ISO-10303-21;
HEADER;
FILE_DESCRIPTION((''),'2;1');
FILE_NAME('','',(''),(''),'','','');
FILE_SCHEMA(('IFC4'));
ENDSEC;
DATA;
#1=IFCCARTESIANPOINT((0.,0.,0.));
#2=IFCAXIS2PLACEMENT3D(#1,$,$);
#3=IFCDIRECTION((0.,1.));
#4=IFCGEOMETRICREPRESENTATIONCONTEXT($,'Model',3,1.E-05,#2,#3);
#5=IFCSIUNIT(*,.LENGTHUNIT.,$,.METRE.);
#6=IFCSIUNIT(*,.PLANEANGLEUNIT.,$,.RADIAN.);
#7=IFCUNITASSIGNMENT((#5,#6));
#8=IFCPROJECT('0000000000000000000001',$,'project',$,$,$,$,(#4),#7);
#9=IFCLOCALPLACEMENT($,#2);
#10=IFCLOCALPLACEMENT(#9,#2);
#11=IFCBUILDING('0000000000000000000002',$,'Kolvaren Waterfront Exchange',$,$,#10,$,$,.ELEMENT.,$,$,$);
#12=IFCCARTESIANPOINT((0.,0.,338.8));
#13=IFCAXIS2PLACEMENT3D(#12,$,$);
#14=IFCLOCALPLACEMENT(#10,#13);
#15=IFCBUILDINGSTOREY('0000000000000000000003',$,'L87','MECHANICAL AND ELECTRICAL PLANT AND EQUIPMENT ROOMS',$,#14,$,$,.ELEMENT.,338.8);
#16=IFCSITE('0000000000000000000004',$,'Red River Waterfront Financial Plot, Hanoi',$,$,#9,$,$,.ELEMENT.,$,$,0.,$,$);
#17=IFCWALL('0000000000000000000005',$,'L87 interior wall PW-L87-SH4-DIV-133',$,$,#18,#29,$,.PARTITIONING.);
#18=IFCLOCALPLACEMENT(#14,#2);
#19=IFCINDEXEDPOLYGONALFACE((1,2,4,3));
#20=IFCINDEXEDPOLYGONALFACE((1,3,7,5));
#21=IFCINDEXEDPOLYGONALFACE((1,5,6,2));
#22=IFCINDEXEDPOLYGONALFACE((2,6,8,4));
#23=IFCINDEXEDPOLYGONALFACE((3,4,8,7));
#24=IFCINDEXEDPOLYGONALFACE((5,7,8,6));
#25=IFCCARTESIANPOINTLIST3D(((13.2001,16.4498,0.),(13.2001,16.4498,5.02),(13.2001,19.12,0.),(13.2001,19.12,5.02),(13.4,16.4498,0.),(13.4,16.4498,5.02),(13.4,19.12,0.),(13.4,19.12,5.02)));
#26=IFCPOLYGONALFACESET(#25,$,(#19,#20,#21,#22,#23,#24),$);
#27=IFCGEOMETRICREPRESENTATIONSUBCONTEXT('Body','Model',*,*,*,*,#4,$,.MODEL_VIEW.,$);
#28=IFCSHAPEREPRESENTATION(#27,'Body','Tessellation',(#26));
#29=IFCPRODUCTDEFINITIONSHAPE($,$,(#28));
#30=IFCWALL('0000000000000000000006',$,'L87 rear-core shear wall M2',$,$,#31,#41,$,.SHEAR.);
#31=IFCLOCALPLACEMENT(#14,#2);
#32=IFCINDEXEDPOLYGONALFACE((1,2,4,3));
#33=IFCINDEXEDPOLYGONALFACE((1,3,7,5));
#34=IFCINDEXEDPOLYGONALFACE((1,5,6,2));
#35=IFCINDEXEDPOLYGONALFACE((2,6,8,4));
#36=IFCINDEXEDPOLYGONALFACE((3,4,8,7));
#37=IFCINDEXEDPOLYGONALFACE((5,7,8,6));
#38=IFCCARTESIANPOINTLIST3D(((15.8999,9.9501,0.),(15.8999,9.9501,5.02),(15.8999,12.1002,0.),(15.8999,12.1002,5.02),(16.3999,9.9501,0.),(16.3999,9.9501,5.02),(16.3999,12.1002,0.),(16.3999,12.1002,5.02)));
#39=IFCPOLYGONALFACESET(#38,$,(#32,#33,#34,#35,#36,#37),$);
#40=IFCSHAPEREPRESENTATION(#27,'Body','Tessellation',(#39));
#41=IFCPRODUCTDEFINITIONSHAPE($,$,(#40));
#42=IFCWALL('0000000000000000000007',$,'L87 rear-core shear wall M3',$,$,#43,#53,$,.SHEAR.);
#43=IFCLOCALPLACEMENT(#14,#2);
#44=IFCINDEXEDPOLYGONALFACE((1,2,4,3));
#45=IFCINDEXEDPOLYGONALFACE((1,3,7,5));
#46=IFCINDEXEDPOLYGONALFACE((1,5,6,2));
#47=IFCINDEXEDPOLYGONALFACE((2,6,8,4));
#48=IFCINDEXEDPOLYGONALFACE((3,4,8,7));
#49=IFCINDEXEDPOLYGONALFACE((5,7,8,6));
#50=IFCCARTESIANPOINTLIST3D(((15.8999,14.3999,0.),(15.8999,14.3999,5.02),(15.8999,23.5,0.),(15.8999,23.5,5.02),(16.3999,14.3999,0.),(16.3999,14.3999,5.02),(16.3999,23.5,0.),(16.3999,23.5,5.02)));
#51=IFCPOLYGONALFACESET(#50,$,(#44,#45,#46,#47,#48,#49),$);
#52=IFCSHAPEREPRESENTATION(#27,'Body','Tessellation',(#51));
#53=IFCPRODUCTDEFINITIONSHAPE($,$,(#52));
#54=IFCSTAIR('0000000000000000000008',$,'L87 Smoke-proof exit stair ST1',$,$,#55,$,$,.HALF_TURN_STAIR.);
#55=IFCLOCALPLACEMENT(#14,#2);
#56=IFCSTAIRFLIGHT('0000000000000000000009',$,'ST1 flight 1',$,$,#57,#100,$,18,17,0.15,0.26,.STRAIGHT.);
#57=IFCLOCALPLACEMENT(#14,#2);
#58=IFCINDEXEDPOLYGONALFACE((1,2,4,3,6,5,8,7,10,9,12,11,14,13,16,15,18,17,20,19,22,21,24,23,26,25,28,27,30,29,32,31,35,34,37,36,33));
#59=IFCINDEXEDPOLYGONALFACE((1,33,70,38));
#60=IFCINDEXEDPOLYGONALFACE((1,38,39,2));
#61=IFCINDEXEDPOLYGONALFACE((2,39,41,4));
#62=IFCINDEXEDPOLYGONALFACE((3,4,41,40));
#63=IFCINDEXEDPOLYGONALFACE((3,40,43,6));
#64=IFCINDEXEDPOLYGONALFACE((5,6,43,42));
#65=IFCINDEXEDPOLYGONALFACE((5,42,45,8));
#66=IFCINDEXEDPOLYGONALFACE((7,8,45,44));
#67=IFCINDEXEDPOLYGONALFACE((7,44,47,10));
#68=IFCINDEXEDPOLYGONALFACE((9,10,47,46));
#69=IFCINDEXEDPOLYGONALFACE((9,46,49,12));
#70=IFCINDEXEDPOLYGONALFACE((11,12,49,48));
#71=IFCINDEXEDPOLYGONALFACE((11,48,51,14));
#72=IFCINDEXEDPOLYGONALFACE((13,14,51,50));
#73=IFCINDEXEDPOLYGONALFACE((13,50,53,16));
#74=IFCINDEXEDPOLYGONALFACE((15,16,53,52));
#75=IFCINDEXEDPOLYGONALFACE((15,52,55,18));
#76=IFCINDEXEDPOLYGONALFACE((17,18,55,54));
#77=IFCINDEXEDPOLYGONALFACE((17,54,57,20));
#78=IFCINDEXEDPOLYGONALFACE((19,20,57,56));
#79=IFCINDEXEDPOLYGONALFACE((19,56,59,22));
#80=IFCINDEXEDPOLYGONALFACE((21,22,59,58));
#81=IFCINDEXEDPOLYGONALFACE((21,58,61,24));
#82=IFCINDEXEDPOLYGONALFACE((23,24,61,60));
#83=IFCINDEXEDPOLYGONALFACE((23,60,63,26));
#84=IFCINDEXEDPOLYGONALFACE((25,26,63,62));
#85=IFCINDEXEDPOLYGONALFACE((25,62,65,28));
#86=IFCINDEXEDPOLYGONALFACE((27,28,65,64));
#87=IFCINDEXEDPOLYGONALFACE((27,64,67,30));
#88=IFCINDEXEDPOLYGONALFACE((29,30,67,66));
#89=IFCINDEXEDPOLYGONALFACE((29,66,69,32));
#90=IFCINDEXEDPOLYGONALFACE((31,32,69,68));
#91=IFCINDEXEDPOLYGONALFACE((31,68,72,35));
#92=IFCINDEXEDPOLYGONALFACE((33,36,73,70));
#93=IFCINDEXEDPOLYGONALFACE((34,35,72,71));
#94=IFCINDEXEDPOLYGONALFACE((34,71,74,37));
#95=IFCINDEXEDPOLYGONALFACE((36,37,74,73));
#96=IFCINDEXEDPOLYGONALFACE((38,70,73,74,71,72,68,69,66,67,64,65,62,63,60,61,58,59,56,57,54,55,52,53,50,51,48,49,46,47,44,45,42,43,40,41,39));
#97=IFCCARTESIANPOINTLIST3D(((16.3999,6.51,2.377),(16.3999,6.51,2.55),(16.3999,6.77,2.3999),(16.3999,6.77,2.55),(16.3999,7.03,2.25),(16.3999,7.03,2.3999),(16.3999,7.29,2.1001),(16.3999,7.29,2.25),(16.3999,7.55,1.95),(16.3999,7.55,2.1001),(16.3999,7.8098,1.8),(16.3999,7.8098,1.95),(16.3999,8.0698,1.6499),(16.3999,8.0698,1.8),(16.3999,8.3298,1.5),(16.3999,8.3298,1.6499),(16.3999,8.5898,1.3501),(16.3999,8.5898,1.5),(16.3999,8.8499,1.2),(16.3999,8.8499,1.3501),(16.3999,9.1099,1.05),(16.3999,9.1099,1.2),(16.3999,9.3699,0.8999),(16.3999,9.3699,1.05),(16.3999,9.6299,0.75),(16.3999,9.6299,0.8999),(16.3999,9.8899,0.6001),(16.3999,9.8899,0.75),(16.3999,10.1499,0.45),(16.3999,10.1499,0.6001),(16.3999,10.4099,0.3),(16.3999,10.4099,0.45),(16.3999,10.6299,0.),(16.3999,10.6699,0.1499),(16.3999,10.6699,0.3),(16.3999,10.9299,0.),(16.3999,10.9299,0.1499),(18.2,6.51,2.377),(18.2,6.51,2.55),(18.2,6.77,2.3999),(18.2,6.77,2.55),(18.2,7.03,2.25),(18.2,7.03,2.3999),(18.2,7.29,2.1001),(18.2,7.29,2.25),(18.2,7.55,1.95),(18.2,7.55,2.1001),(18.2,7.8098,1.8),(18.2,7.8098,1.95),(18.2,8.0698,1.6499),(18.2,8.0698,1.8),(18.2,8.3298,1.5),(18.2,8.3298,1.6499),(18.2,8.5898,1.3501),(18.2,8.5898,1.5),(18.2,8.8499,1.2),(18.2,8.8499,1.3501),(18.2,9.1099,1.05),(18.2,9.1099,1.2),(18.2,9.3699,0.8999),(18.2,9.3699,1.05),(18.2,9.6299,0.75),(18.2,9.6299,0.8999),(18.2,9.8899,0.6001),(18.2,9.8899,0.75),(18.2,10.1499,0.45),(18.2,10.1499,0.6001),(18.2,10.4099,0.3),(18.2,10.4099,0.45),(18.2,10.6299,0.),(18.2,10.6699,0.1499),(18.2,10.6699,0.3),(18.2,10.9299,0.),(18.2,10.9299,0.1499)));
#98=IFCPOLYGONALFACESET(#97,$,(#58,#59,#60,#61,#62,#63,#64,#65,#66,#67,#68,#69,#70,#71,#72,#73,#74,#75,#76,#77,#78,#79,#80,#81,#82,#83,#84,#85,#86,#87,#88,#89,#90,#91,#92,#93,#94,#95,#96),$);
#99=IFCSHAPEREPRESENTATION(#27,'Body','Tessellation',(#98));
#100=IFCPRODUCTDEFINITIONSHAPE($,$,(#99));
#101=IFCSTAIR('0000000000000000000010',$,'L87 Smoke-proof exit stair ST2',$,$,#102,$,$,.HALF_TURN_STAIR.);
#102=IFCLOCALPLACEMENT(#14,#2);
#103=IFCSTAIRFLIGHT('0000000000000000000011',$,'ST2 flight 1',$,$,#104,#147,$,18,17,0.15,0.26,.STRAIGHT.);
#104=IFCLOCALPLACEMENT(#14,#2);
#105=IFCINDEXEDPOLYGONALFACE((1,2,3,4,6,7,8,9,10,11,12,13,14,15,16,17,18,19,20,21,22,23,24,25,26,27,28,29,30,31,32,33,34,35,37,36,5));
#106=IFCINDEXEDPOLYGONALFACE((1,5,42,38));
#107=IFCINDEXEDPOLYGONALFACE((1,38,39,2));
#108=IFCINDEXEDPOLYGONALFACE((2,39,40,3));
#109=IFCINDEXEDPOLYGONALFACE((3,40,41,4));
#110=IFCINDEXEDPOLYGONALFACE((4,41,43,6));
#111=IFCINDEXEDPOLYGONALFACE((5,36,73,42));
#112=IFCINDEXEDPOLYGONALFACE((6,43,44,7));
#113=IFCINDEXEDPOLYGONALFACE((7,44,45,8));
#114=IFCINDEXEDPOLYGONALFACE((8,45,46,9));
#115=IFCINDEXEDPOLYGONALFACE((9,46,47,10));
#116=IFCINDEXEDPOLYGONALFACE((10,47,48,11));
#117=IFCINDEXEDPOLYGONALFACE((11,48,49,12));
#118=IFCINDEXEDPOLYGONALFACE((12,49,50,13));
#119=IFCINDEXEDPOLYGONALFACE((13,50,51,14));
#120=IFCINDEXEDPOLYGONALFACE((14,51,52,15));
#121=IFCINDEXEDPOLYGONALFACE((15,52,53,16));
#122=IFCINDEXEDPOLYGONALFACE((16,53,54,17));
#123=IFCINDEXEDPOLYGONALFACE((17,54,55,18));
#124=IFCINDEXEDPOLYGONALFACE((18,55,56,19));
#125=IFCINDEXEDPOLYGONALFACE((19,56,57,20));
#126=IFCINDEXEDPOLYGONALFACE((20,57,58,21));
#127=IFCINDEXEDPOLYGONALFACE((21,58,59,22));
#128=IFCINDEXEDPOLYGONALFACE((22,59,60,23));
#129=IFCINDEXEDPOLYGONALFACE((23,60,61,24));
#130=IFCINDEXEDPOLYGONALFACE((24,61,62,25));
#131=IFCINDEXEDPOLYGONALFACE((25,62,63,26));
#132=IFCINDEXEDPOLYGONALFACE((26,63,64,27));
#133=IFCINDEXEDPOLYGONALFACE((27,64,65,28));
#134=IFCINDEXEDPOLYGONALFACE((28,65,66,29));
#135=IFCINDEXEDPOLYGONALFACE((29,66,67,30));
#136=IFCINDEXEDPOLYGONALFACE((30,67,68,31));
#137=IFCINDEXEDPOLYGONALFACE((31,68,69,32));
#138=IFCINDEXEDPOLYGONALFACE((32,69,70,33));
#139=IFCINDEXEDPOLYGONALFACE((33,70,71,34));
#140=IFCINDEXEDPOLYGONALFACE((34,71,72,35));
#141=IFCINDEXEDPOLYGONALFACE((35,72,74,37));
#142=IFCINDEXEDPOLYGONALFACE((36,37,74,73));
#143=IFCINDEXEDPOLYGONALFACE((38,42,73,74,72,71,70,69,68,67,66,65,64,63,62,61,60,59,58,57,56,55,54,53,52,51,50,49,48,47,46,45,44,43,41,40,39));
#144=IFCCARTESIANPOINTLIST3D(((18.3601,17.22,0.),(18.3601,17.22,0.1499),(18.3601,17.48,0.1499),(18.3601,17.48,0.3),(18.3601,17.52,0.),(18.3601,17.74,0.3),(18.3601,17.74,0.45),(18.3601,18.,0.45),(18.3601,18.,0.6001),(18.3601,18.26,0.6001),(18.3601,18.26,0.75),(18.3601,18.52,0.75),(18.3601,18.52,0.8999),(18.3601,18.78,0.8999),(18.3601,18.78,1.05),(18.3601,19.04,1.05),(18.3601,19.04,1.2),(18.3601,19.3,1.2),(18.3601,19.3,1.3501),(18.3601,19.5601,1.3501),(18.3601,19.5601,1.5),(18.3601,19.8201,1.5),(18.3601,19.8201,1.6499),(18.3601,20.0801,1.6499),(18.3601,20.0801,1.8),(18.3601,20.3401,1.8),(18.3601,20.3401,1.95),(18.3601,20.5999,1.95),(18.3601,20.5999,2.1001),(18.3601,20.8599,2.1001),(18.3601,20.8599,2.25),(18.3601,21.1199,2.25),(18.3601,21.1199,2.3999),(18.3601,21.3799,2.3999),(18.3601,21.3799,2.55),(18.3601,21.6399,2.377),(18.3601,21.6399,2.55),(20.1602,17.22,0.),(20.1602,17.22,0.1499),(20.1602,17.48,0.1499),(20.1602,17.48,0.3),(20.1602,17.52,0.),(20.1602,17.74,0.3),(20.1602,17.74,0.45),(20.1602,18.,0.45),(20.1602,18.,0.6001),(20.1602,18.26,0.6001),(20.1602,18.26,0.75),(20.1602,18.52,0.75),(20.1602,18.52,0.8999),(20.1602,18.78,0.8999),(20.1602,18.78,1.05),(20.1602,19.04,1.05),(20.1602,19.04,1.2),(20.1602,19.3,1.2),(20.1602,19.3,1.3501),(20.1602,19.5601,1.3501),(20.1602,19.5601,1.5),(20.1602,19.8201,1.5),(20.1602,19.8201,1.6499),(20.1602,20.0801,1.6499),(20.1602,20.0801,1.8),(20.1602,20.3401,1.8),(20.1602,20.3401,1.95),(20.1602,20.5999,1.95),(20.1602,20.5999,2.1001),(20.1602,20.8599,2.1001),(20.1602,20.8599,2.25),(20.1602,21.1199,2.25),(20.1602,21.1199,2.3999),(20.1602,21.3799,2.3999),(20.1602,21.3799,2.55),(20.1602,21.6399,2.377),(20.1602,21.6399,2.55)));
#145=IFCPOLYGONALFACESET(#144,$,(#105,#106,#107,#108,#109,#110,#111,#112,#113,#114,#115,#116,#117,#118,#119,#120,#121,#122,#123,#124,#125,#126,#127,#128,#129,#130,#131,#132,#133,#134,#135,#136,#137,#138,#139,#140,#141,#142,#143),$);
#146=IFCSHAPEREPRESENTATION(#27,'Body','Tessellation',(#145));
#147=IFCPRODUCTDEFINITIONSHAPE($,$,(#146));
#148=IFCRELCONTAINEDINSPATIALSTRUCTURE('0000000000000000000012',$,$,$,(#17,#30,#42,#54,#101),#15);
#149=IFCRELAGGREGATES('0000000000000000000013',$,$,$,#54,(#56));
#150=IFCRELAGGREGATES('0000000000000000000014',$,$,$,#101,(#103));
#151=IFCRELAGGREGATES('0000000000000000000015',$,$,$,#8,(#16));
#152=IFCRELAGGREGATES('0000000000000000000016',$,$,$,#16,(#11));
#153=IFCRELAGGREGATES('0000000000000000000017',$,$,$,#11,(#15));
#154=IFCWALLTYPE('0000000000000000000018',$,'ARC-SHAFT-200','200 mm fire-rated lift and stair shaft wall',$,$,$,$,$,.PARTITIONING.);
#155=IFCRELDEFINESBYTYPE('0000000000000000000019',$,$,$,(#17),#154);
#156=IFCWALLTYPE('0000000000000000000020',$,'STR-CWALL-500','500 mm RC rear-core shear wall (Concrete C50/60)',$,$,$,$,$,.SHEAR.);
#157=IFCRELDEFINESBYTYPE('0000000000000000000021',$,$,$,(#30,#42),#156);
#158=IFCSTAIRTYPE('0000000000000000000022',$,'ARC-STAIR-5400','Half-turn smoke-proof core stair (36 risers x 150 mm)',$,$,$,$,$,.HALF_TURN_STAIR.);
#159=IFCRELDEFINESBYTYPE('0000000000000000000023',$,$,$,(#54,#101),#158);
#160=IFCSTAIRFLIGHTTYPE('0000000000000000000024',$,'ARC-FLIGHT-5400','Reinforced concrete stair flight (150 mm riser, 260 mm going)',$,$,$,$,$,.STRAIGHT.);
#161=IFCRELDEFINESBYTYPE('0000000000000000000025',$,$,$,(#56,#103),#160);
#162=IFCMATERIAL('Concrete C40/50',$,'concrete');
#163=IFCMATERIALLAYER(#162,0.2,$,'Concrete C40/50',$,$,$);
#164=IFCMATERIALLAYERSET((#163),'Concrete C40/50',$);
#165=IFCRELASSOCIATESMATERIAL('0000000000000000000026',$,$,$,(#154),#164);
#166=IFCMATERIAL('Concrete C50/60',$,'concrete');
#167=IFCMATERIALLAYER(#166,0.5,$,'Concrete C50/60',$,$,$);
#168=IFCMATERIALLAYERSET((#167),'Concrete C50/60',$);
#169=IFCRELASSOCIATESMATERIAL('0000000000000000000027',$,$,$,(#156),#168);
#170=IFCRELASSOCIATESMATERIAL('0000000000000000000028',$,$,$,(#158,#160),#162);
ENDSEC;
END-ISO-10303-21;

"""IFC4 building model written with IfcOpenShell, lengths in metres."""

from ifc_helpers import new_model, si_unit, direction, frame, frame_2d, origin, place, context, subcontext, project, spatial, polyline, rectangle, outline, extrude, material, layer, layer_set, type_object, element, aggregate, save


model = new_model("IFC4")

# Units and contexts
model_context = context("Model", 3, precision=1e-05, world=origin(), true_north=direction((0.0, 1.0)))
body_context = subcontext(model_context, "Body", "Model", "MODEL_VIEW")
ifc_project = project(units=[si_unit("LENGTHUNIT", "METRE"), si_unit("PLANEANGLEUNIT", "RADIAN")], contexts=[model_context])

# Site, building, storey
site_placement = place(None, origin())
site = spatial("IfcSite", under=ifc_project, at=site_placement, Name="Red River Waterfront Financial Plot, Hanoi", CompositionType="ELEMENT", RefElevation=0.0)
building_placement = place(site_placement, origin())
building = spatial("IfcBuilding", under=site, at=building_placement, Name="Kolvaren Waterfront Exchange", CompositionType="ELEMENT")
storey_placement = place(building_placement, frame((0.0, 0.0, 338.8)))
storey = spatial("IfcBuildingStorey", under=building, at=storey_placement, Name="L87", Description="MECHANICAL AND ELECTRICAL PLANT AND EQUIPMENT ROOMS", CompositionType="ELEMENT", Elevation=338.8)

# Walls
ifc_material_1 = material(Name="Concrete C40/50", Category="concrete")
ifc_layer_1 = layer(ifc_material_1, 0.2, Name="Concrete C40/50")
ifc_layer_set_1 = layer_set([ifc_layer_1], Name="Concrete C40/50")
wall_type_1 = type_object("IfcWallType", Name="ARC-SHAFT-200", Description="200 mm fire-rated lift and stair shaft wall", PredefinedType="PARTITIONING", material=ifc_layer_set_1)
for number, where, z_axis, x_axis, name in (
    (1, (13.3, 16.45, 0.0), (0.0, 0.0, 1.0), (0.0, 1.0, 0.0), "L87 interior wall PW-L87-SH4-DIV-133"),
):
    element("IfcWall", number, at=place(storey_placement, frame(where, z_axis=z_axis, x_axis=x_axis)), inside=storey, type_object=wall_type_1, Name=name, PredefinedType="PARTITIONING", context=body_context, shape_type="SweptSolid", body=[
        extrude(rectangle(XDim=2.6702, YDim=0.2, at=frame_2d((1.335, 0.0))), origin(), (0.0, 0.0, 1.0), 5.02),
    ])
ifc_material_2 = material(Name="Concrete C50/60", Category="concrete")
ifc_layer_2 = layer(ifc_material_2, 0.5, Name="Concrete C50/60")
ifc_layer_set_2 = layer_set([ifc_layer_2], Name="Concrete C50/60")
wall_type_2 = type_object("IfcWallType", Name="STR-CWALL-500", Description="500 mm RC rear-core shear wall (Concrete C50/60)", PredefinedType="SHEAR", material=ifc_layer_set_2)
wall_1_placement = place(storey_placement, frame((16.1499, 9.95, 0.0), z_axis=(0.0, 0.0, 1.0), x_axis=(0.0, 1.0, 0.0)))
element("IfcWall", 2, at=wall_1_placement, inside=storey, type_object=wall_type_2, Name="L87 rear-core shear wall M2", PredefinedType="SHEAR", context=body_context, shape_type="SweptSolid", body=[
    extrude(rectangle(XDim=2.1501, YDim=0.5, at=frame_2d((1.0752, 0.0))), origin(), (0.0, 0.0, 1.0), 5.02),
])
wall_2_placement = place(storey_placement, frame((16.1499, 14.3999, 0.0), z_axis=(0.0, 0.0, 1.0), x_axis=(0.0, 1.0, 0.0)))
element("IfcWall", 3, at=wall_2_placement, inside=storey, type_object=wall_type_2, Name="L87 rear-core shear wall M3", PredefinedType="SHEAR", context=body_context, shape_type="SweptSolid", body=[
    extrude(rectangle(XDim=9.1001, YDim=0.5, at=frame_2d((4.55, 0.0))), origin(), (0.0, 0.0, 1.0), 5.02),
])

# Stairs, stair flights
stair_type = type_object("IfcStairType", Name="ARC-STAIR-5400", Description="Half-turn smoke-proof core stair (36 risers x 150 mm)", PredefinedType="HALF_TURN_STAIR", material=ifc_material_1)
stair_1_placement = place(storey_placement, origin())
stair_1 = element("IfcStair", 4, at=stair_1_placement, inside=storey, type_object=stair_type, Name="L87 Smoke-proof exit stair ST1", PredefinedType="HALF_TURN_STAIR")
stair_flight_type = type_object("IfcStairFlightType", Name="ARC-FLIGHT-5400", Description="Reinforced concrete stair flight (150 mm riser, 260 mm going)", PredefinedType="STRAIGHT", material=ifc_material_1)
stair_flight_1_placement = place(storey_placement, frame((17.3, 10.9299, 0.0), z_axis=(0.0, 0.0, 1.0), x_axis=(0.0, -1.0, 0.0)))
stair_flight_1 = element("IfcStairFlight", 5, at=stair_flight_1_placement, type_object=stair_flight_type, Name="ST1 flight 1", NumberOfRisers=18, NumberOfTreads=17, PredefinedType="STRAIGHT", RiserHeight=0.15, TreadLength=0.26, context=body_context, shape_type="SweptSolid", body=[
    extrude(outline(polyline([(0.0, 0.0), (0.0, 0.1499), (0.26, 0.1499), (0.26, 0.3), (0.52, 0.3), (0.52, 0.45), (0.78, 0.45), (0.78, 0.6001), (1.04, 0.6001), (1.04, 0.75), (1.3, 0.75), (1.3, 0.8999), (1.5601, 0.8999), (1.5601, 1.05), (1.8201, 1.05), (1.8201, 1.2), (2.0801, 1.2), (2.0801, 1.3501), (2.3401, 1.3501), (2.3401, 1.5), (2.6001, 1.5), (2.6001, 1.6499), (2.8601, 1.6499), (2.8601, 1.8), (3.1201, 1.8), (3.1201, 1.95), (3.3799, 1.95), (3.3799, 2.1001), (3.6399, 2.1001), (3.6399, 2.25), (3.8999, 2.25), (3.8999, 2.3999), (4.1599, 2.3999), (4.1599, 2.55), (4.4199, 2.55), (4.4199, 2.7), (4.4199, 2.377), (0.3, 0.0), (0.0, 0.0)])), frame((0.0, 0.8999, 0.0), z_axis=(0.0, -1.0, 0.0), x_axis=(1.0, 0.0, 0.0)), (0.0, 0.0, 1.0), 1.8),
])
aggregate(stair_1, [stair_flight_1])
stair_2_placement = place(storey_placement, origin())
stair_2 = element("IfcStair", 6, at=stair_2_placement, inside=storey, type_object=stair_type, Name="L87 Smoke-proof exit stair ST2", PredefinedType="HALF_TURN_STAIR")
stair_flight_2_placement = place(storey_placement, frame((19.26, 17.22, 0.0), z_axis=(0.0, 0.0, 1.0), x_axis=(0.0, 1.0, 0.0)))
stair_flight_2 = element("IfcStairFlight", 7, at=stair_flight_2_placement, type_object=stair_flight_type, Name="ST2 flight 1", NumberOfRisers=18, NumberOfTreads=17, PredefinedType="STRAIGHT", RiserHeight=0.15, TreadLength=0.26, context=body_context, shape_type="SweptSolid", body=[
    extrude(outline(polyline([(0.0, 0.0), (0.0, 0.1499), (0.26, 0.1499), (0.26, 0.3), (0.52, 0.3), (0.52, 0.45), (0.78, 0.45), (0.78, 0.6001), (1.04, 0.6001), (1.04, 0.75), (1.3, 0.75), (1.3, 0.8999), (1.5601, 0.8999), (1.5601, 1.05), (1.8201, 1.05), (1.8201, 1.2), (2.0801, 1.2), (2.0801, 1.3501), (2.3401, 1.3501), (2.3401, 1.5), (2.6001, 1.5), (2.6001, 1.6499), (2.8601, 1.6499), (2.8601, 1.8), (3.1201, 1.8), (3.1201, 1.95), (3.3799, 1.95), (3.3799, 2.1001), (3.6399, 2.1001), (3.6399, 2.25), (3.8999, 2.25), (3.8999, 2.3999), (4.1599, 2.3999), (4.1599, 2.55), (4.4199, 2.55), (4.4199, 2.7), (4.4199, 2.377), (0.3, 0.0), (0.0, 0.0)])), frame((0.0, 0.8999, 0.0), z_axis=(0.0, -1.0, 0.0), x_axis=(1.0, 0.0, 0.0)), (0.0, 0.0, 1.0), 1.8),
])
aggregate(stair_2, [stair_flight_2])

save(model, "model.ifc")
